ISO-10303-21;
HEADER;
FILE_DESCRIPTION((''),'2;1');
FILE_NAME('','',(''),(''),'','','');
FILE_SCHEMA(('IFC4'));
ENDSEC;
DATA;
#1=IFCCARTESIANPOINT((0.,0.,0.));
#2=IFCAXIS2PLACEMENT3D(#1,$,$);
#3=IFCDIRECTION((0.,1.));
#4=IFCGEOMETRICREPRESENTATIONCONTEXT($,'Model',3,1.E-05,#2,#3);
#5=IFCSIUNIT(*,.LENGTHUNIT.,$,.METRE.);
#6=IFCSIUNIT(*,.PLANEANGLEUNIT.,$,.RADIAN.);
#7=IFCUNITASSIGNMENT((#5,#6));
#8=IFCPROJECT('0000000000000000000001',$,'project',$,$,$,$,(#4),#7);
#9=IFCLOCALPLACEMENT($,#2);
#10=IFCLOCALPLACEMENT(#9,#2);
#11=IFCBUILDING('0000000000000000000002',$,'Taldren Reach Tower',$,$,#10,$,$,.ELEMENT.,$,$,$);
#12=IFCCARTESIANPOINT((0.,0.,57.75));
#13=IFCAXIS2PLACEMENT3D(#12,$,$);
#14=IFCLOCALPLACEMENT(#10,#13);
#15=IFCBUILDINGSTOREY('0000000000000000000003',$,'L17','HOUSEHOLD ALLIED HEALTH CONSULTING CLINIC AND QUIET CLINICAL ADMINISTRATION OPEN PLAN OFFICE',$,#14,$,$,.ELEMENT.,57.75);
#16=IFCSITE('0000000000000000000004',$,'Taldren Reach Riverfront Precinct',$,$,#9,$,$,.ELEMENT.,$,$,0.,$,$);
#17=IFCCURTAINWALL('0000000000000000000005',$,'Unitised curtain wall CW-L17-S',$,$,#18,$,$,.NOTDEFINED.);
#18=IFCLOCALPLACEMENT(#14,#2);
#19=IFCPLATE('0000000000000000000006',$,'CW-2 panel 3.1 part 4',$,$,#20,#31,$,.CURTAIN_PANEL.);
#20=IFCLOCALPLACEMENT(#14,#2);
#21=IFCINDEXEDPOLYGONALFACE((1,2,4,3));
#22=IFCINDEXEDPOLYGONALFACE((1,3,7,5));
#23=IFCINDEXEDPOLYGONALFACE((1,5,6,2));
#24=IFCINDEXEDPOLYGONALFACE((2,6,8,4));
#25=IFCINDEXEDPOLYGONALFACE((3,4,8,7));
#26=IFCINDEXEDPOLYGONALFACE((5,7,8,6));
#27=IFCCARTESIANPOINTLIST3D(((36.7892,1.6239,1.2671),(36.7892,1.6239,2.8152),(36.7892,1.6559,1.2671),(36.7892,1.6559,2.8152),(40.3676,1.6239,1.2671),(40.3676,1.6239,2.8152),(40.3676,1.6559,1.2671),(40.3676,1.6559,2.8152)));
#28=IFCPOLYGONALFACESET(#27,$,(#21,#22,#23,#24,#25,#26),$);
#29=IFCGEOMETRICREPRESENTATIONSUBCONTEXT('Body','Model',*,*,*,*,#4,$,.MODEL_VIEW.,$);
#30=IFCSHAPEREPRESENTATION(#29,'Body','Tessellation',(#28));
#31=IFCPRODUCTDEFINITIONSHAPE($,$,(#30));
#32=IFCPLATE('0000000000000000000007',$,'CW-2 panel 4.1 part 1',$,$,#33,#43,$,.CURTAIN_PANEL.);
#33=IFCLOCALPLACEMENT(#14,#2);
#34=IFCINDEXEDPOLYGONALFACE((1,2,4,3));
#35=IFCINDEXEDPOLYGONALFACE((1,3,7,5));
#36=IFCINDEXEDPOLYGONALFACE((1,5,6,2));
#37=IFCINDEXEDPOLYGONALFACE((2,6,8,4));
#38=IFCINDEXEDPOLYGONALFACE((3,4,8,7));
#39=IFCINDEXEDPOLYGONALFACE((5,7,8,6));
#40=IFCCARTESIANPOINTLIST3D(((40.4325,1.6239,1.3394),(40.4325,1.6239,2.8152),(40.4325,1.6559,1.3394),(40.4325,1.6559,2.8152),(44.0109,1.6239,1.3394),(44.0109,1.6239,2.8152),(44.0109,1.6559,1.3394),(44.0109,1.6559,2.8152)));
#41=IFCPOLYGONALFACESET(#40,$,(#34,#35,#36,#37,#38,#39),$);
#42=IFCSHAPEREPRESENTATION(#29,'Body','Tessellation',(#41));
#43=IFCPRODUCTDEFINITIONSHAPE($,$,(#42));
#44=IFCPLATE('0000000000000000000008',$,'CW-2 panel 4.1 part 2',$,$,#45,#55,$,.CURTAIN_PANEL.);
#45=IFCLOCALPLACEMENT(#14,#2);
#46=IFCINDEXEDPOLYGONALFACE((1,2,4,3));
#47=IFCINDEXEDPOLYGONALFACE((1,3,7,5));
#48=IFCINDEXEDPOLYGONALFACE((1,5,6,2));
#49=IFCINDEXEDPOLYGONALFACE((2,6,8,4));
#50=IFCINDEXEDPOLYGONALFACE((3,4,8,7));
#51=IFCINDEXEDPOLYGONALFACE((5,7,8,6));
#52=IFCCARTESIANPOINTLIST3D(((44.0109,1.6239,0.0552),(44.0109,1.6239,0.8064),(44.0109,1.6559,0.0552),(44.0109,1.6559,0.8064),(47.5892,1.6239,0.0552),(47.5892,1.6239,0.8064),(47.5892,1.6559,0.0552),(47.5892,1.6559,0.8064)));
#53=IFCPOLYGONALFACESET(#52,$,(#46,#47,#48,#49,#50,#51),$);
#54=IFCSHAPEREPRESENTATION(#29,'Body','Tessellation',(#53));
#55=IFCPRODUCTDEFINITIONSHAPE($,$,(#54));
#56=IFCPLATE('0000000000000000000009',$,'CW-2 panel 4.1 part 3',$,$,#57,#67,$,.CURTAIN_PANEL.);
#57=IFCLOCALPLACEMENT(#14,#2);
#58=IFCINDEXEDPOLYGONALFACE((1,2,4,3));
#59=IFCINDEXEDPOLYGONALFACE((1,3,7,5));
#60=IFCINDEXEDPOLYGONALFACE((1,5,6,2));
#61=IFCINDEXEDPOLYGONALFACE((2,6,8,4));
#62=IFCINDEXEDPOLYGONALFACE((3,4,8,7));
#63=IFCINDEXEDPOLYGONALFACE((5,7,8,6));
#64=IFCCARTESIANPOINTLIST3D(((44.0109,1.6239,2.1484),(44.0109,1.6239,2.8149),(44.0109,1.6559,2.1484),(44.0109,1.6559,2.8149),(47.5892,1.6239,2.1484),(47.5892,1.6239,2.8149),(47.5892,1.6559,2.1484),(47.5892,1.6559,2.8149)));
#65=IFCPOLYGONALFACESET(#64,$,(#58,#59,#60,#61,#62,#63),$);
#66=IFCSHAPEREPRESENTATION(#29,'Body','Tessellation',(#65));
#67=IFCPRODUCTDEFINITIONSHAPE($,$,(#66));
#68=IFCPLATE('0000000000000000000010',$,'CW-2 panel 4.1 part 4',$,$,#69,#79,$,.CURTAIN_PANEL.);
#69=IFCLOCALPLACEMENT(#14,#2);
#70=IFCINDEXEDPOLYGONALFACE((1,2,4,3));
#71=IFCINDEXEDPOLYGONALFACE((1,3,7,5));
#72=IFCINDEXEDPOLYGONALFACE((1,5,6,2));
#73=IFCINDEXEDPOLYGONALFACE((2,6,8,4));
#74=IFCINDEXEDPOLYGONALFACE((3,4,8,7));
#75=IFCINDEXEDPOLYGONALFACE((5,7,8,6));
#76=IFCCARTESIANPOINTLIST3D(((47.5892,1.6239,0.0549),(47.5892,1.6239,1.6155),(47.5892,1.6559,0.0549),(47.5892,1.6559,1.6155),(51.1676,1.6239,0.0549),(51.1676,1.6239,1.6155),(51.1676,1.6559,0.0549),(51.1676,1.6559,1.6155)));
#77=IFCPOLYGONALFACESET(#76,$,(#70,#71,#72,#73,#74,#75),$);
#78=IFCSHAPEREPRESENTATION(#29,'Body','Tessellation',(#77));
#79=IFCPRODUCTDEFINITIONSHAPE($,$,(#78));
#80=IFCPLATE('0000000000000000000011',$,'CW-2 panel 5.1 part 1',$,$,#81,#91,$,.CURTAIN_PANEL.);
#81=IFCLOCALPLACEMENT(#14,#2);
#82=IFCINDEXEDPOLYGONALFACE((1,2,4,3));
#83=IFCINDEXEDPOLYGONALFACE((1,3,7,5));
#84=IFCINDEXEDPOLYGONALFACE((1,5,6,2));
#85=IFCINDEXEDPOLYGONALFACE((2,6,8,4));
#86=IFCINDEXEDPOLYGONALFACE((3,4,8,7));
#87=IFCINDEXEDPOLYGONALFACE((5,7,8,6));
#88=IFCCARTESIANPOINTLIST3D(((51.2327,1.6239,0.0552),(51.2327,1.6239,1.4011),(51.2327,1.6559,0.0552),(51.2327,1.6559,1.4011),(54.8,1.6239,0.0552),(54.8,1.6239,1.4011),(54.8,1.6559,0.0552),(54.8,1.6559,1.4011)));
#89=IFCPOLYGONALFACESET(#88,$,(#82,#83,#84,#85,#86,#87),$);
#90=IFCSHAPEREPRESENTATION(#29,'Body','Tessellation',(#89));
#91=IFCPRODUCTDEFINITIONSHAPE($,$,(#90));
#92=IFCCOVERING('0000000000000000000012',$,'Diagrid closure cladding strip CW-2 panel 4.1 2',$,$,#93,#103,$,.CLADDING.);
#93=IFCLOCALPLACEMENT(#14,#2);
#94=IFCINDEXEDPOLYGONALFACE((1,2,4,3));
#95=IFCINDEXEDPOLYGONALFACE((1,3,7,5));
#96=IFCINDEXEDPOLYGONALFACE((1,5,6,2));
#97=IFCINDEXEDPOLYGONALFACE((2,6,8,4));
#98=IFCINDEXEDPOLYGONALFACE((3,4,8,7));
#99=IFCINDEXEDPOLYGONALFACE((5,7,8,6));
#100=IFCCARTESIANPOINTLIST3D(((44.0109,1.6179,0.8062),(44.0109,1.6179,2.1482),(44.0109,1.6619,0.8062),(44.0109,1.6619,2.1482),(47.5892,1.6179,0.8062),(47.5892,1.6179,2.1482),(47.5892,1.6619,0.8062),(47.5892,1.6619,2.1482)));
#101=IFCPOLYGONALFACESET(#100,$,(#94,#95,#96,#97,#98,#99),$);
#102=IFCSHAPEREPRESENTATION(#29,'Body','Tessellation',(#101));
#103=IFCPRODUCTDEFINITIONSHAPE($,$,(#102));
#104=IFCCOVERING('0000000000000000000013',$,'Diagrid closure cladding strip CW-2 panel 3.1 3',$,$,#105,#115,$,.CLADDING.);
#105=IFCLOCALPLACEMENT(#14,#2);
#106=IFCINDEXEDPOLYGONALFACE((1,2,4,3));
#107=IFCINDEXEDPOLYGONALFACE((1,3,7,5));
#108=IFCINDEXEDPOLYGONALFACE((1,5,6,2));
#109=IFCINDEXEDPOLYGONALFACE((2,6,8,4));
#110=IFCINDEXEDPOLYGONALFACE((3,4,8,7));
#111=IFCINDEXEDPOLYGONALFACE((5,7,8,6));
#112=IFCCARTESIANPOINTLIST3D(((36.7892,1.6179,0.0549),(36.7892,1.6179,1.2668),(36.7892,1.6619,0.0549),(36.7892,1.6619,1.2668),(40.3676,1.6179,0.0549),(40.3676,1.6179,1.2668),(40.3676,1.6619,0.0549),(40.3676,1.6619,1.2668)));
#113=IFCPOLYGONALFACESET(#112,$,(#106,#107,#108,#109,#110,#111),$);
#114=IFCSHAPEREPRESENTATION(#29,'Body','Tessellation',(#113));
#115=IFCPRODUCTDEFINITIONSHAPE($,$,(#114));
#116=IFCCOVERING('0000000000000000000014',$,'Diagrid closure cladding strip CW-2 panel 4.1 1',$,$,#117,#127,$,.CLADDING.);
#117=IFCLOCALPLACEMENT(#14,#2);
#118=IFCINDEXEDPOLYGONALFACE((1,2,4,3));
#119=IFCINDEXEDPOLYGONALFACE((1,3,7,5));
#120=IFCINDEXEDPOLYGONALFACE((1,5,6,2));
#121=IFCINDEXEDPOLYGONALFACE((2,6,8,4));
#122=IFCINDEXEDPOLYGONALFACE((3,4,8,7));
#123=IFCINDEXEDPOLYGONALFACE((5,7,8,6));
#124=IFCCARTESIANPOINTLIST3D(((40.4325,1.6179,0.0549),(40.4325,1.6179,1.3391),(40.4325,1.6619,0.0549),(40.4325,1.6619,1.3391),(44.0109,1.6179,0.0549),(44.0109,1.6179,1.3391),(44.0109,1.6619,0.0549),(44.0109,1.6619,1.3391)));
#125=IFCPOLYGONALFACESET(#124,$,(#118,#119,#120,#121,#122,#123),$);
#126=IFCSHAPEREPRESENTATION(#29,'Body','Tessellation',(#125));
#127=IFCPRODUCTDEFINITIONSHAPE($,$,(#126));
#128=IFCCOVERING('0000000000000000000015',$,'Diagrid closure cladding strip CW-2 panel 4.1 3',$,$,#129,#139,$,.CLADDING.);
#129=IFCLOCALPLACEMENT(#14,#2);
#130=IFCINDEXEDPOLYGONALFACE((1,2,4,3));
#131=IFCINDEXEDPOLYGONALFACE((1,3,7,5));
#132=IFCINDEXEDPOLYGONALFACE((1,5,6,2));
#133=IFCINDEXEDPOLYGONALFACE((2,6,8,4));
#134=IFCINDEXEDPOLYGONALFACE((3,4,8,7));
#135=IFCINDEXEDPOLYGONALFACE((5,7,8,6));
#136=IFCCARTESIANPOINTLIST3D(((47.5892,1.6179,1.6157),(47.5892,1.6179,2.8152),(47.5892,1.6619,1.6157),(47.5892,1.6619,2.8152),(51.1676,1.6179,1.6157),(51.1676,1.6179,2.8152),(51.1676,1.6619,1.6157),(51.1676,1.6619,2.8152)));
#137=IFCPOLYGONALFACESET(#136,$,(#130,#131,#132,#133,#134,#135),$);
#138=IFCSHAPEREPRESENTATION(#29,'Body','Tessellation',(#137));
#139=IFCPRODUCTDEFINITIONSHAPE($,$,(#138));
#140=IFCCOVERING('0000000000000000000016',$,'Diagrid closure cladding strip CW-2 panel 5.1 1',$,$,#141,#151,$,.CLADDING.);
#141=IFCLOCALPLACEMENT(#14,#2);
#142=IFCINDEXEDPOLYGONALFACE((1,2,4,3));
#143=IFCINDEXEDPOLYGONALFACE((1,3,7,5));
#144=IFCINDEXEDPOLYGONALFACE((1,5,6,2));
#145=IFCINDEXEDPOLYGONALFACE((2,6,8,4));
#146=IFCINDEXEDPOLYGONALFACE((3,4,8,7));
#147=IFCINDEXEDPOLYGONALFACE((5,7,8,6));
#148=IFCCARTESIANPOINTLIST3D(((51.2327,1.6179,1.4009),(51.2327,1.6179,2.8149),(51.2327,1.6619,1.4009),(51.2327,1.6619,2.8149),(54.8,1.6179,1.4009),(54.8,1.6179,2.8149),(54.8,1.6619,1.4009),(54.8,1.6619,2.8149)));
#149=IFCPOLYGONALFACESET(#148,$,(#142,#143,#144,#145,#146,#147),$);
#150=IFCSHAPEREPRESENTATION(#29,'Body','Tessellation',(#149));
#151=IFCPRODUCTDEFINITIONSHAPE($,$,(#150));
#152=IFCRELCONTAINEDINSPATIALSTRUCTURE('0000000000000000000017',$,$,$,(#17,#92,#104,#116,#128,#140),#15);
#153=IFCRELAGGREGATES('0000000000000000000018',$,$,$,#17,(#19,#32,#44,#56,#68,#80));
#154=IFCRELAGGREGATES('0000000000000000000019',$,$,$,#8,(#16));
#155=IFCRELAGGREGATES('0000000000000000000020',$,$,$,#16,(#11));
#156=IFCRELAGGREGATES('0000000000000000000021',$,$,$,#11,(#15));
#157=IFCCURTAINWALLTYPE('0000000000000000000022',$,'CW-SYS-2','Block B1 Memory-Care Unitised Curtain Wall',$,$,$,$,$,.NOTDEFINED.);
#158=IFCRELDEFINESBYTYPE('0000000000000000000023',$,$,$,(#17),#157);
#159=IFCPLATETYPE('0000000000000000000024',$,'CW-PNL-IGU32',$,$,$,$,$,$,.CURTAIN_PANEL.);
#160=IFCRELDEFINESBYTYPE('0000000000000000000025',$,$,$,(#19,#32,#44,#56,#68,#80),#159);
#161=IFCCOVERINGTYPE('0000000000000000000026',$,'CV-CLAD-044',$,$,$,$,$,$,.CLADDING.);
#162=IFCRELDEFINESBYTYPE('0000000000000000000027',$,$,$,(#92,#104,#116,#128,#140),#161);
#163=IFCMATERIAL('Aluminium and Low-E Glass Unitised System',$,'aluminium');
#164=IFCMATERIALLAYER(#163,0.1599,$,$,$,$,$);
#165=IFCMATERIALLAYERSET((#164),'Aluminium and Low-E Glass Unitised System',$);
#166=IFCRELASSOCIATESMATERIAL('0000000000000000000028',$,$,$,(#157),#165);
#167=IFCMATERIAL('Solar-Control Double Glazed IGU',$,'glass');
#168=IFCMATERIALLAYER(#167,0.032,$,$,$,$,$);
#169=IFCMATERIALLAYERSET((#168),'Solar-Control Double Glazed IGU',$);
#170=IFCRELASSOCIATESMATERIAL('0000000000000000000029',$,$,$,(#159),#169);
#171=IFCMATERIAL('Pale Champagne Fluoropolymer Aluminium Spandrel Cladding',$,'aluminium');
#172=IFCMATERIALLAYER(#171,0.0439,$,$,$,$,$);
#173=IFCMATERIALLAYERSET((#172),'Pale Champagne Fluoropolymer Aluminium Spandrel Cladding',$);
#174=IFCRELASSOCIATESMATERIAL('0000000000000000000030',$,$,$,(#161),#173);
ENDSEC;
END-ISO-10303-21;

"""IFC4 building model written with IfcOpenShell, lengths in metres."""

from ifc_helpers import new_model, si_unit, direction, frame, origin, origin_2d, place, context, subcontext, project, spatial, rectangle, extrude, source, transform, mapped, material, layer, layer_set, type_object, element, aggregate, save


model = new_model("IFC4")

# Units and contexts
model_context = context("Model", 3, precision=1e-05, world=origin(), true_north=direction((0.0, 1.0)))
body_context = subcontext(model_context, "Body", "Model", "MODEL_VIEW")
ifc_project = project(units=[si_unit("LENGTHUNIT", "METRE"), si_unit("PLANEANGLEUNIT", "RADIAN")], contexts=[model_context])

# Site, building, storey
site_placement = place(None, origin())
site = spatial("IfcSite", under=ifc_project, at=site_placement, Name="Taldren Reach Riverfront Precinct", CompositionType="ELEMENT", RefElevation=0.0)
building_placement = place(site_placement, origin())
building = spatial("IfcBuilding", under=site, at=building_placement, Name="Taldren Reach Tower", CompositionType="ELEMENT")
storey_placement = place(building_placement, frame((0.0, 0.0, 57.75)))
storey = spatial("IfcBuildingStorey", under=building, at=storey_placement, Name="L17", Description="HOUSEHOLD ALLIED HEALTH CONSULTING CLINIC AND QUIET CLINICAL ADMINISTRATION OPEN PLAN OFFICE", CompositionType="ELEMENT", Elevation=57.75)

# Curtain wall
ifc_material_1 = material(Name="Aluminium and Low-E Glass Unitised System", Category="aluminium")
ifc_layer_1 = layer(ifc_material_1, 0.1599)
ifc_layer_set_1 = layer_set([ifc_layer_1], Name="Aluminium and Low-E Glass Unitised System")
curtain_wall_type = type_object("IfcCurtainWallType", Name="CW-SYS-2", Description="Block B1 Memory-Care Unitised Curtain Wall", PredefinedType="NOTDEFINED", material=ifc_layer_set_1)
curtain_wall_placement = place(storey_placement, origin())
curtain_wall = element("IfcCurtainWall", 1, at=curtain_wall_placement, inside=storey, type_object=curtain_wall_type, Name="Unitised curtain wall CW-L17-S", PredefinedType="NOTDEFINED")

# Plates
ifc_material_2 = material(Name="Solar-Control Double Glazed IGU", Category="glass")
ifc_layer_2 = layer(ifc_material_2, 0.032)
ifc_layer_set_2 = layer_set([ifc_layer_2], Name="Solar-Control Double Glazed IGU")
plate_type_1 = type_object("IfcPlateType", Name="CW-PNL-IGU32", PredefinedType="CURTAIN_PANEL", material=ifc_layer_set_2)
shared_shape_1 = source(origin(), body_context, "Body", "SweptSolid", [
    extrude(rectangle(XDim=3.5784, YDim=0.032, at=origin_2d()), origin(), (0.0, 0.0, 1.0), 1.5481),
])
plate_1_placement = place(storey_placement, frame((38.5784, 1.6399, 1.2671), z_axis=(0.0, 0.0, 1.0), x_axis=(1.0, 0.0, 0.0)))
plate_1 = element("IfcPlate", 2, at=plate_1_placement, type_object=plate_type_1, Name="CW-2 panel 3.1 part 4", PredefinedType="CURTAIN_PANEL", context=body_context, shape_type="MappedRepresentation", body=[
    mapped(shared_shape_1, transform((0.0, 0.0, 0.0), scale=1.0)),
])
shared_shape_2 = source(origin(), body_context, "Body", "SweptSolid", [
    extrude(rectangle(XDim=3.5784, YDim=0.032, at=origin_2d()), origin(), (0.0, 0.0, 1.0), 1.4758),
])
plate_2_placement = place(storey_placement, frame((42.2217, 1.6399, 1.3394), z_axis=(0.0, 0.0, 1.0), x_axis=(1.0, 0.0, 0.0)))
plate_2 = element("IfcPlate", 3, at=plate_2_placement, type_object=plate_type_1, Name="CW-2 panel 4.1 part 1", PredefinedType="CURTAIN_PANEL", context=body_context, shape_type="MappedRepresentation", body=[
    mapped(shared_shape_2, transform((0.0, 0.0, 0.0), scale=1.0)),
])
shared_shape_3 = source(origin(), body_context, "Body", "SweptSolid", [
    extrude(rectangle(XDim=3.5784, YDim=0.032, at=origin_2d()), origin(), (0.0, 0.0, 1.0), 0.7512),
])
plate_3_placement = place(storey_placement, frame((45.8, 1.6399, 0.0552), z_axis=(0.0, 0.0, 1.0), x_axis=(1.0, 0.0, 0.0)))
plate_3 = element("IfcPlate", 4, at=plate_3_placement, type_object=plate_type_1, Name="CW-2 panel 4.1 part 2", PredefinedType="CURTAIN_PANEL", context=body_context, shape_type="MappedRepresentation", body=[
    mapped(shared_shape_3, transform((0.0, 0.0, 0.0), scale=1.0)),
])
shared_shape_4 = source(origin(), body_context, "Body", "SweptSolid", [
    extrude(rectangle(XDim=3.5784, YDim=0.032, at=origin_2d()), origin(), (0.0, 0.0, 1.0), 0.6665),
])
plate_4_placement = place(storey_placement, frame((45.8, 1.6399, 2.1484), z_axis=(0.0, 0.0, 1.0), x_axis=(1.0, 0.0, 0.0)))
plate_4 = element("IfcPlate", 5, at=plate_4_placement, type_object=plate_type_1, Name="CW-2 panel 4.1 part 3", PredefinedType="CURTAIN_PANEL", context=body_context, shape_type="MappedRepresentation", body=[
    mapped(shared_shape_4, transform((0.0, 0.0, 0.0), scale=1.0)),
])
shared_shape_5 = source(origin(), body_context, "Body", "SweptSolid", [
    extrude(rectangle(XDim=3.5784, YDim=0.032, at=origin_2d()), origin(), (0.0, 0.0, 1.0), 1.5605),
])
plate_5_placement = place(storey_placement, frame((49.3784, 1.6399, 0.0549), z_axis=(0.0, 0.0, 1.0), x_axis=(1.0, 0.0, 0.0)))
plate_5 = element("IfcPlate", 6, at=plate_5_placement, type_object=plate_type_1, Name="CW-2 panel 4.1 part 4", PredefinedType="CURTAIN_PANEL", context=body_context, shape_type="MappedRepresentation", body=[
    mapped(shared_shape_5, transform((0.0, 0.0, 0.0), scale=1.0)),
])
shared_shape_6 = source(origin(), body_context, "Body", "SweptSolid", [
    extrude(rectangle(XDim=3.5674, YDim=0.032, at=origin_2d()), origin(), (0.0, 0.0, 1.0), 1.3459),
])
plate_6_placement = place(storey_placement, frame((53.0164, 1.6399, 0.0552), z_axis=(0.0, 0.0, 1.0), x_axis=(1.0, 0.0, 0.0)))
plate_6 = element("IfcPlate", 7, at=plate_6_placement, type_object=plate_type_1, Name="CW-2 panel 5.1 part 1", PredefinedType="CURTAIN_PANEL", context=body_context, shape_type="MappedRepresentation", body=[
    mapped(shared_shape_6, transform((0.0, 0.0, 0.0), scale=1.0)),
])
aggregate(curtain_wall, [plate_1, plate_2, plate_3, plate_4, plate_5, plate_6])

# Coverings
ifc_material_3 = material(Name="Pale Champagne Fluoropolymer Aluminium Spandrel Cladding", Category="aluminium")
ifc_layer_3 = layer(ifc_material_3, 0.0439)
ifc_layer_set_3 = layer_set([ifc_layer_3], Name="Pale Champagne Fluoropolymer Aluminium Spandrel Cladding")
covering_type = type_object("IfcCoveringType", Name="CV-CLAD-044", PredefinedType="CLADDING", material=ifc_layer_set_3)
shared_shape_7 = source(origin(), body_context, "Body", "SweptSolid", [
    extrude(rectangle(XDim=3.5784, YDim=0.0439, at=origin_2d()), origin(), (0.0, 0.0, 1.0), 1.342),
])
covering_1_placement = place(storey_placement, frame((45.8, 1.6399, 0.8062), z_axis=(0.0, 0.0, 1.0), x_axis=(1.0, 0.0, 0.0)))
element("IfcCovering", 8, at=covering_1_placement, inside=storey, type_object=covering_type, Name="Diagrid closure cladding strip CW-2 panel 4.1 2", PredefinedType="CLADDING", context=body_context, shape_type="MappedRepresentation", body=[
    mapped(shared_shape_7, transform((0.0, 0.0, 0.0), scale=1.0)),
])
shared_shape_8 = source(origin(), body_context, "Body", "SweptSolid", [
    extrude(rectangle(XDim=3.5784, YDim=0.0439, at=origin_2d()), origin(), (0.0, 0.0, 1.0), 1.2119),
])
covering_2_placement = place(storey_placement, frame((38.5784, 1.6399, 0.0549), z_axis=(0.0, 0.0, 1.0), x_axis=(1.0, 0.0, 0.0)))
element("IfcCovering", 9, at=covering_2_placement, inside=storey, type_object=covering_type, Name="Diagrid closure cladding strip CW-2 panel 3.1 3", PredefinedType="CLADDING", context=body_context, shape_type="MappedRepresentation", body=[
    mapped(shared_shape_8, transform((0.0, 0.0, 0.0), scale=1.0)),
])
shared_shape_9 = source(origin(), body_context, "Body", "SweptSolid", [
    extrude(rectangle(XDim=3.5784, YDim=0.0439, at=origin_2d()), origin(), (0.0, 0.0, 1.0), 1.2842),
])
covering_3_placement = place(storey_placement, frame((42.2217, 1.6399, 0.0549), z_axis=(0.0, 0.0, 1.0), x_axis=(1.0, 0.0, 0.0)))
element("IfcCovering", 10, at=covering_3_placement, inside=storey, type_object=covering_type, Name="Diagrid closure cladding strip CW-2 panel 4.1 1", PredefinedType="CLADDING", context=body_context, shape_type="MappedRepresentation", body=[
    mapped(shared_shape_9, transform((0.0, 0.0, 0.0), scale=1.0)),
])
shared_shape_10 = source(origin(), body_context, "Body", "SweptSolid", [
    extrude(rectangle(XDim=3.5784, YDim=0.0439, at=origin_2d()), origin(), (0.0, 0.0, 1.0), 1.1995),
])
covering_4_placement = place(storey_placement, frame((49.3784, 1.6399, 1.6157), z_axis=(0.0, 0.0, 1.0), x_axis=(1.0, 0.0, 0.0)))
element("IfcCovering", 11, at=covering_4_placement, inside=storey, type_object=covering_type, Name="Diagrid closure cladding strip CW-2 panel 4.1 3", PredefinedType="CLADDING", context=body_context, shape_type="MappedRepresentation", body=[
    mapped(shared_shape_10, transform((0.0, 0.0, 0.0), scale=1.0)),
])
shared_shape_11 = source(origin(), body_context, "Body", "SweptSolid", [
    extrude(rectangle(XDim=3.5674, YDim=0.0439, at=origin_2d()), origin(), (0.0, 0.0, 1.0), 1.4141),
])
covering_5_placement = place(storey_placement, frame((53.0164, 1.6399, 1.4009), z_axis=(0.0, 0.0, 1.0), x_axis=(1.0, 0.0, 0.0)))
element("IfcCovering", 12, at=covering_5_placement, inside=storey, type_object=covering_type, Name="Diagrid closure cladding strip CW-2 panel 5.1 1", PredefinedType="CLADDING", context=body_context, shape_type="MappedRepresentation", body=[
    mapped(shared_shape_11, transform((0.0, 0.0, 0.0), scale=1.0)),
])

save(model, "model.ifc")
